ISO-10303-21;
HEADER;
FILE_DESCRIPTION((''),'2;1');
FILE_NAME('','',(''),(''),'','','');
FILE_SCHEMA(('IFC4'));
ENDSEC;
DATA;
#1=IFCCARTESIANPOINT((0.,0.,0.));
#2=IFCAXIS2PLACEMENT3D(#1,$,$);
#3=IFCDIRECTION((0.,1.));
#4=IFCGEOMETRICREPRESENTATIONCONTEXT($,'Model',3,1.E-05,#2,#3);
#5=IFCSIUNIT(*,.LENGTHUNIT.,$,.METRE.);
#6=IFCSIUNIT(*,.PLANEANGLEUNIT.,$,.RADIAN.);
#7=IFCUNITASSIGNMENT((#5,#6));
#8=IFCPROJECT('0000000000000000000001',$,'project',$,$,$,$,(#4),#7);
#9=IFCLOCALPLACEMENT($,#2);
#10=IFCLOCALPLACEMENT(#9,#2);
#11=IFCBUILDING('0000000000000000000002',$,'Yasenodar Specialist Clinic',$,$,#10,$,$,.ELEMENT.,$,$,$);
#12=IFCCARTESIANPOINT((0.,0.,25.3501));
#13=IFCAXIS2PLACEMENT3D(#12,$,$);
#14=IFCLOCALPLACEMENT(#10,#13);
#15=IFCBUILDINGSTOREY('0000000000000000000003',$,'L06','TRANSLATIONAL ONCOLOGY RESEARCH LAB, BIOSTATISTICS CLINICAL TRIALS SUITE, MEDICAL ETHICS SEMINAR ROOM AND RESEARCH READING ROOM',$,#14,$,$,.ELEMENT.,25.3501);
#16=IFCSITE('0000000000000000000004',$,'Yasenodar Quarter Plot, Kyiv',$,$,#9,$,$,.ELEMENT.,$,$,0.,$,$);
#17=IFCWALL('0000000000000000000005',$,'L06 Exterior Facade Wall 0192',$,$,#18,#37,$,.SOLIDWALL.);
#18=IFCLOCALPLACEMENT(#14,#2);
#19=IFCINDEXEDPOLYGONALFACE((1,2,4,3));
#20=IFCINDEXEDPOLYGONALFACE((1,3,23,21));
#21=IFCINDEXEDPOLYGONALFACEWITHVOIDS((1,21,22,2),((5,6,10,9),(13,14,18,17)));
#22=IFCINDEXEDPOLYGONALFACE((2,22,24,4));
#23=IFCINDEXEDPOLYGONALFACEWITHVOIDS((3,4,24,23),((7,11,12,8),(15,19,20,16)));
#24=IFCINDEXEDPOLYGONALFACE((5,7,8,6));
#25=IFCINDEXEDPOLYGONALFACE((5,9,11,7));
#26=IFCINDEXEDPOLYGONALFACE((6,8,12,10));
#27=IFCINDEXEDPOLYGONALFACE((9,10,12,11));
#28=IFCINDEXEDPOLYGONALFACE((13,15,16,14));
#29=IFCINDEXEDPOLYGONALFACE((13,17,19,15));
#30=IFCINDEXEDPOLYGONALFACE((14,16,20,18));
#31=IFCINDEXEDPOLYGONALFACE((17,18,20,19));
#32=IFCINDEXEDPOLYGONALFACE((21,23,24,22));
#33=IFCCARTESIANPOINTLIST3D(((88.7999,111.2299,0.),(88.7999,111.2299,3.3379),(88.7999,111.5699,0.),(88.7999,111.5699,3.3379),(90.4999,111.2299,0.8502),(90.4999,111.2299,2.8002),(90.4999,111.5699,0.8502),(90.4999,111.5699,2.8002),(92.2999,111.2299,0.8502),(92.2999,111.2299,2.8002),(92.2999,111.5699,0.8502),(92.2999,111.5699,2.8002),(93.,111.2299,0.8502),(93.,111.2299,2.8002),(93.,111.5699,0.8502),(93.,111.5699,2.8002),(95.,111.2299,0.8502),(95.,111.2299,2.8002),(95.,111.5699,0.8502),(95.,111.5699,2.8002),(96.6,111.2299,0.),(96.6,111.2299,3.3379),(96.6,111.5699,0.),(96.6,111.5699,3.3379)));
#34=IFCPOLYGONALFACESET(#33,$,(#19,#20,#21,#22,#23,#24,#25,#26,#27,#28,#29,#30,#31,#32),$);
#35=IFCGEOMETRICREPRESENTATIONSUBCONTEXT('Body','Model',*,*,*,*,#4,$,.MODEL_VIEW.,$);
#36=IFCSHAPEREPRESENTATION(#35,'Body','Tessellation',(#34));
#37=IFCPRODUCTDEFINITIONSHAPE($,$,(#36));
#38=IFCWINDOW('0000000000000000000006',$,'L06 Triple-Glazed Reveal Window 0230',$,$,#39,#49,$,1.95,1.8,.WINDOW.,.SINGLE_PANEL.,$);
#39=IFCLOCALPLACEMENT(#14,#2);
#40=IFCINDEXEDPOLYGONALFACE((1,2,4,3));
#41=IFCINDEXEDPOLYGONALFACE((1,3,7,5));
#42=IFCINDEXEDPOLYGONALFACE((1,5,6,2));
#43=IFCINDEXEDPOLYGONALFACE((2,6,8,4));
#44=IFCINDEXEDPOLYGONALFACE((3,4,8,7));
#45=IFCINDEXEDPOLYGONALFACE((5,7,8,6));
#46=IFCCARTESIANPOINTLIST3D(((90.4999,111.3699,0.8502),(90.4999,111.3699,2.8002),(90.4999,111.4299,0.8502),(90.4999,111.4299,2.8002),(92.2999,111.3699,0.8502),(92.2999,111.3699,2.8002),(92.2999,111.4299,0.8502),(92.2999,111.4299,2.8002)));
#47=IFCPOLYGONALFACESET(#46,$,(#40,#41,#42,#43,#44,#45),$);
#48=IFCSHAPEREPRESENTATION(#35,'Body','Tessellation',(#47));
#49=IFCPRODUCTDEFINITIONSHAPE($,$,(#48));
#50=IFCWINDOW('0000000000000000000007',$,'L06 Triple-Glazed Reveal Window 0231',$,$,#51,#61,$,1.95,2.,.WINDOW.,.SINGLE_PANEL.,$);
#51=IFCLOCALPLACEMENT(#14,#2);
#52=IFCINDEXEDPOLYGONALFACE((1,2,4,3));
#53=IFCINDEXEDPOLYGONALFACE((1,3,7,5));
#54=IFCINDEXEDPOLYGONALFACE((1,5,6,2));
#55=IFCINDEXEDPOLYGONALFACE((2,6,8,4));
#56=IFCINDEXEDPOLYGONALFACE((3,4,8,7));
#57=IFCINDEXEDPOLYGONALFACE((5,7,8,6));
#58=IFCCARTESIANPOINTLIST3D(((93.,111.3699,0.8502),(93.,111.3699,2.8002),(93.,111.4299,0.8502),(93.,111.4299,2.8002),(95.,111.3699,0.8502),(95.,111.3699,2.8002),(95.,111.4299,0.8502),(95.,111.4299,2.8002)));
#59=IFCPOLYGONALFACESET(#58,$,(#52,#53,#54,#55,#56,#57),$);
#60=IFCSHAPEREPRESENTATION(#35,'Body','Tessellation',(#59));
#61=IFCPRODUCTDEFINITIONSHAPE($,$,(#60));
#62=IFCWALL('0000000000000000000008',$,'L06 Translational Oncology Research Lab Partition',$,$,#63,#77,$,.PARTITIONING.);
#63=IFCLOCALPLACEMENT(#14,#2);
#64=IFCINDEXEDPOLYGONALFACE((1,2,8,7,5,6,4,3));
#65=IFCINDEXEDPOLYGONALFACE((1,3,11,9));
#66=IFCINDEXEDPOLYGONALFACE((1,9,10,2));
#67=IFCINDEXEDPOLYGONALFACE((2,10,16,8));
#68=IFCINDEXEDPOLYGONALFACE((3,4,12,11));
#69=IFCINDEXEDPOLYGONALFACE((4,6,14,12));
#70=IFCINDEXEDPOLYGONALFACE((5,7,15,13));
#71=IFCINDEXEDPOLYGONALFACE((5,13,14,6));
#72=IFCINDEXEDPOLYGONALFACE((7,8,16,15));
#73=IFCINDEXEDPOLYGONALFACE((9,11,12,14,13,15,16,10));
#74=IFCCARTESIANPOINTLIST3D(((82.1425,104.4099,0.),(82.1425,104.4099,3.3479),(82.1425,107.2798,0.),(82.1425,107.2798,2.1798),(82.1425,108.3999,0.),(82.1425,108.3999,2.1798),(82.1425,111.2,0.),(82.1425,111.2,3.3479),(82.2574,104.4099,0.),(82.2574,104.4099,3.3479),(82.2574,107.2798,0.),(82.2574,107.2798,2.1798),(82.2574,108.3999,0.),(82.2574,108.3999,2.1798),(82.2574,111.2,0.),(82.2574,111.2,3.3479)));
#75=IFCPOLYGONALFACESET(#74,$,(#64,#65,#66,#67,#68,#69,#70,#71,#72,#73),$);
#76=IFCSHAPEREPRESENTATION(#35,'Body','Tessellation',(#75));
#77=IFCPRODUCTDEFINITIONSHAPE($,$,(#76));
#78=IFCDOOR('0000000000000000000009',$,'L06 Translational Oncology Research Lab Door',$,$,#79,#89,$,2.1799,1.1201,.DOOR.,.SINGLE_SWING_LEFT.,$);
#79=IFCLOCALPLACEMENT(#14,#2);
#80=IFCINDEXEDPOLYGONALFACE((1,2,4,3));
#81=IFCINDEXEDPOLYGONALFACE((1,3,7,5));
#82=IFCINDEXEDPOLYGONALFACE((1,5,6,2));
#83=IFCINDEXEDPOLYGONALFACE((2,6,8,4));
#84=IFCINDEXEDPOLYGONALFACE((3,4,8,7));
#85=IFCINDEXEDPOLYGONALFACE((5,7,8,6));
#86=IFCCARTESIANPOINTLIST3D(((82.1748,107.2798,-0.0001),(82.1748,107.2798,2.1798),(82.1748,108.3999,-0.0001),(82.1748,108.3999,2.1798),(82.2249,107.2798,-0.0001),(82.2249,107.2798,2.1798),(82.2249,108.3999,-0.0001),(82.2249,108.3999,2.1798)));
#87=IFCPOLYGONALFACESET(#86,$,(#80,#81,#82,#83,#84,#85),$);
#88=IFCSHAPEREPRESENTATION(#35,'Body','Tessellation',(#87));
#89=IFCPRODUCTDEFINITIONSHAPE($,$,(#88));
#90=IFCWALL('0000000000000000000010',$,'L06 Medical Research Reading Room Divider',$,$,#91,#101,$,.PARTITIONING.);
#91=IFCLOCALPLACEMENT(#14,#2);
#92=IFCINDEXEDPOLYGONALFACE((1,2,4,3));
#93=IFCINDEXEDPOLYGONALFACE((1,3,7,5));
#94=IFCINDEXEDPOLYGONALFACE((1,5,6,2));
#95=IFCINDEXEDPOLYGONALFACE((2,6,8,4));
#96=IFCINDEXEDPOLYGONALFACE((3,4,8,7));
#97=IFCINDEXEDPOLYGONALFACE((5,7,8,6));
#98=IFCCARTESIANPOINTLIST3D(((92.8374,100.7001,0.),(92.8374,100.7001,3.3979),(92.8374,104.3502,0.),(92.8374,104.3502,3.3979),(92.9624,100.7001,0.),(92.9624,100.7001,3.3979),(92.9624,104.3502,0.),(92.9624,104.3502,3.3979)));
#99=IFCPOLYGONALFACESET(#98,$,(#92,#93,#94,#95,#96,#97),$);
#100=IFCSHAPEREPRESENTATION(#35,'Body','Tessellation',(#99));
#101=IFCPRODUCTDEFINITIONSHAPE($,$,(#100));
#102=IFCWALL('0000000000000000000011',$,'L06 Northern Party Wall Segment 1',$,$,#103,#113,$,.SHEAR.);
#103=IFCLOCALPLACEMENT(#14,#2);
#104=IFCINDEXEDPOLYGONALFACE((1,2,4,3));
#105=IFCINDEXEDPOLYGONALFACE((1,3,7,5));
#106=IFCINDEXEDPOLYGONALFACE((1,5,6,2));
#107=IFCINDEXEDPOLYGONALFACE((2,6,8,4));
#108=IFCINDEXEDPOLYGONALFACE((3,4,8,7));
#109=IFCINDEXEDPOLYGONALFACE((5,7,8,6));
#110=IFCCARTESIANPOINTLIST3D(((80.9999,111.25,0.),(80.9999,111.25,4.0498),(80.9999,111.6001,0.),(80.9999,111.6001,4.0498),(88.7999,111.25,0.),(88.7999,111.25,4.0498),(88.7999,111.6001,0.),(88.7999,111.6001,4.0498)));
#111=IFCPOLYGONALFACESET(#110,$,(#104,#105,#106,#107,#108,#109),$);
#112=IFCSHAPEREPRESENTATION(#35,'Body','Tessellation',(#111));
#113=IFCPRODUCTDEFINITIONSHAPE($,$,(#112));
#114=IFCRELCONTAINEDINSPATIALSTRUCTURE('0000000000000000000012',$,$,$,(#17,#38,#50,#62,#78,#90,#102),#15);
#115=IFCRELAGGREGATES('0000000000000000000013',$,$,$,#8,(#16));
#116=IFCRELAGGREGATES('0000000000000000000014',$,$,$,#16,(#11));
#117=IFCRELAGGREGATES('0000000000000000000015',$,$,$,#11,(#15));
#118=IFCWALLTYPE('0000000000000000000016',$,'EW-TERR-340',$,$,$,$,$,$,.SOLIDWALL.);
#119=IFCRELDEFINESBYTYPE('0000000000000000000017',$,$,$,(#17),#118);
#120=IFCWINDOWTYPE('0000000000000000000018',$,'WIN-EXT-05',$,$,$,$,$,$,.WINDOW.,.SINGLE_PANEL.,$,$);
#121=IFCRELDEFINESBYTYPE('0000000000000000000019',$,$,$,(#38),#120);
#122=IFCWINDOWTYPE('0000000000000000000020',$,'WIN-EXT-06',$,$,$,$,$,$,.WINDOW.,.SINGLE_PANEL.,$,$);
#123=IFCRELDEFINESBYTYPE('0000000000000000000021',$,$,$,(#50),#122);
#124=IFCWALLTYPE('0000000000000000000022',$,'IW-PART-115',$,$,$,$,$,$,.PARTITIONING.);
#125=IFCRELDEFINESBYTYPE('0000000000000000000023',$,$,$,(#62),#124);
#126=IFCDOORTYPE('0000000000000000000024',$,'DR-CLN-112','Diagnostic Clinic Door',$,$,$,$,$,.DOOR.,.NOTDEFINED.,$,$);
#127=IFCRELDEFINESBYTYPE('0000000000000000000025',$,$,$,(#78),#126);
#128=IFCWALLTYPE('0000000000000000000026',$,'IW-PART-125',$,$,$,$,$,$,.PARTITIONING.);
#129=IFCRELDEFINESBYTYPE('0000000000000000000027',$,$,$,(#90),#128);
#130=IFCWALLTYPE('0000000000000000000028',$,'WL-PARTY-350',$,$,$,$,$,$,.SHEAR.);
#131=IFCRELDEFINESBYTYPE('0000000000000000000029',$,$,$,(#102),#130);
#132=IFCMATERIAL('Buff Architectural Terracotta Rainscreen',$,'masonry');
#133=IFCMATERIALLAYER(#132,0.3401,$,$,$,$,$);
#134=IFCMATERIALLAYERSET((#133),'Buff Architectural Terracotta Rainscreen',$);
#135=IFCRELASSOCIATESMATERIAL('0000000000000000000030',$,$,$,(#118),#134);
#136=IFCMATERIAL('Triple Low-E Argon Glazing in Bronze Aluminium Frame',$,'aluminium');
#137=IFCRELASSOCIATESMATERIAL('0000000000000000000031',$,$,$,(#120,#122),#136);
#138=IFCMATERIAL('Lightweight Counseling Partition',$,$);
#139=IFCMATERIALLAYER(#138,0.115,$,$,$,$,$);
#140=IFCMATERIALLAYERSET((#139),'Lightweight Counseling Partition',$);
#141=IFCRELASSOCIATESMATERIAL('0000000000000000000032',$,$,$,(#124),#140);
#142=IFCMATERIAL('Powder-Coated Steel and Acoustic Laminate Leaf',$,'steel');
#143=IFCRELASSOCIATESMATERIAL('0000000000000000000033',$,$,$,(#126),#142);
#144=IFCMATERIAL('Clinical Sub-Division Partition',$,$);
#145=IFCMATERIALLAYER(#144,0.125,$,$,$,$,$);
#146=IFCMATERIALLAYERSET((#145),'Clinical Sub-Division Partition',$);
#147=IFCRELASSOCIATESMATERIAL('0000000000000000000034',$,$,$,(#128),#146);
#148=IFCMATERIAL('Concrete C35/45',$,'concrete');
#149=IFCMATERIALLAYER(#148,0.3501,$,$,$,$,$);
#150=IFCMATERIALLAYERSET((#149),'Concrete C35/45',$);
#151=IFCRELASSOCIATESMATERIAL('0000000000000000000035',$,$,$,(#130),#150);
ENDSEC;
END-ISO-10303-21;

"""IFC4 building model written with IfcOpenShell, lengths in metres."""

from ifc_helpers import new_model, si_unit, direction, frame, frame_2d, origin, place, context, subcontext, project, spatial, rectangle, extrude, material, layer, layer_set, type_object, element, fill, save


model = new_model("IFC4")

# Units and contexts
model_context = context("Model", 3, precision=1e-05, world=origin(), true_north=direction((0.0, 1.0)))
body_context = subcontext(model_context, "Body", "Model", "MODEL_VIEW")
ifc_project = project(units=[si_unit("LENGTHUNIT", "METRE"), si_unit("PLANEANGLEUNIT", "RADIAN")], contexts=[model_context])

# Site, building, storey
site_placement = place(None, origin())
site = spatial("IfcSite", under=ifc_project, at=site_placement, Name="Yasenodar Quarter Plot, Kyiv", CompositionType="ELEMENT", RefElevation=0.0)
building_placement = place(site_placement, origin())
building = spatial("IfcBuilding", under=site, at=building_placement, Name="Yasenodar Specialist Clinic", CompositionType="ELEMENT")
storey_placement = place(building_placement, frame((0.0, 0.0, 25.3501)))
storey = spatial("IfcBuildingStorey", under=building, at=storey_placement, Name="L06", Description="TRANSLATIONAL ONCOLOGY RESEARCH LAB, BIOSTATISTICS CLINICAL TRIALS SUITE, MEDICAL ETHICS SEMINAR ROOM AND RESEARCH READING ROOM", CompositionType="ELEMENT", Elevation=25.3501)

# Shared definitions
ifc_material_1 = material(Name="Concrete C35/45", Category="concrete")

# Wall, openings, windows
ifc_material_2 = material(Name="Buff Architectural Terracotta Rainscreen", Category="masonry")
ifc_layer_1 = layer(ifc_material_2, 0.3401)
ifc_layer_set_1 = layer_set([ifc_layer_1], Name="Buff Architectural Terracotta Rainscreen")
wall_type_1 = type_object("IfcWallType", Name="EW-TERR-340", PredefinedType="SOLIDWALL", material=ifc_layer_set_1)
wall_1_placement = place(storey_placement, frame((88.8, 111.3999, 0.0), z_axis=(0.0, 0.0, 1.0), x_axis=(1.0, 0.0, 0.0)))
wall_1 = element("IfcWall", 1, at=wall_1_placement, inside=storey, type_object=wall_type_1, Name="L06 Exterior Facade Wall 0192", PredefinedType="SOLIDWALL", context=body_context, shape_type="SweptSolid", body=[
    extrude(rectangle(XDim=7.8, YDim=0.3401, at=frame_2d((3.8999, 0.0))), origin(), (0.0, 0.0, 1.0), 3.3379),
])
opening_1_placement = place(wall_1_placement, frame((1.7, 0.0, 0.8501)))
opening_1 = element("IfcOpeningElement", 2, at=opening_1_placement, cuts=wall_1, PredefinedType="OPENING", context=body_context, shape_type="SweptSolid", body=[
    extrude(rectangle(XDim=1.8, YDim=1.95, at=frame_2d((0.8999, 0.9751))), frame((0.0, 0.1802, 0.0), z_axis=(0.0, -1.0, 0.0), x_axis=(1.0, 0.0, 0.0)), (0.0, 0.0, 1.0), 0.3601),
])
opening_2_placement = place(wall_1_placement, frame((4.2, 0.0, 0.8501)))
opening_2 = element("IfcOpeningElement", 3, at=opening_2_placement, cuts=wall_1, PredefinedType="OPENING", context=body_context, shape_type="SweptSolid", body=[
    extrude(rectangle(XDim=2.0, YDim=1.95, at=frame_2d((1.0, 0.9751))), frame((0.0, 0.1802, 0.0), z_axis=(0.0, -1.0, 0.0), x_axis=(1.0, 0.0, 0.0)), (0.0, 0.0, 1.0), 0.3601),
])
ifc_material_3 = material(Name="Triple Low-E Argon Glazing in Bronze Aluminium Frame", Category="aluminium")
window_type_1 = type_object("IfcWindowType", Name="WIN-EXT-05", PartitioningType="SINGLE_PANEL", PredefinedType="WINDOW", material=ifc_material_3)
window_1_placement = place(opening_1_placement, origin())
window_1 = element("IfcWindow", 4, at=window_1_placement, inside=storey, type_object=window_type_1, Name="L06 Triple-Glazed Reveal Window 0230", OverallHeight=1.95, OverallWidth=1.8, PartitioningType="SINGLE_PANEL", PredefinedType="WINDOW", context=body_context, shape_type="SweptSolid", body=[
    extrude(rectangle(XDim=1.8, YDim=1.95, at=frame_2d((0.8999, 0.9751))), frame((0.0, 0.03, 0.0), z_axis=(0.0, -1.0, 0.0), x_axis=(1.0, 0.0, 0.0)), (0.0, 0.0, 1.0), 0.0601),
])
fill(opening_1, window_1)
window_type_2 = type_object("IfcWindowType", Name="WIN-EXT-06", PartitioningType="SINGLE_PANEL", PredefinedType="WINDOW", material=ifc_material_3)
window_2_placement = place(opening_2_placement, origin())
window_2 = element("IfcWindow", 5, at=window_2_placement, inside=storey, type_object=window_type_2, Name="L06 Triple-Glazed Reveal Window 0231", OverallHeight=1.95, OverallWidth=2.0, PartitioningType="SINGLE_PANEL", PredefinedType="WINDOW", context=body_context, shape_type="SweptSolid", body=[
    extrude(rectangle(XDim=2.0, YDim=1.95, at=frame_2d((1.0, 0.9751))), frame((0.0, 0.03, 0.0), z_axis=(0.0, -1.0, 0.0), x_axis=(1.0, 0.0, 0.0)), (0.0, 0.0, 1.0), 0.0601),
])
fill(opening_2, window_2)

# Wall, opening, door
ifc_material_4 = material(Name="Lightweight Counseling Partition")
ifc_layer_2 = layer(ifc_material_4, 0.115)
ifc_layer_set_2 = layer_set([ifc_layer_2], Name="Lightweight Counseling Partition")
wall_type_2 = type_object("IfcWallType", Name="IW-PART-115", PredefinedType="PARTITIONING", material=ifc_layer_set_2)
wall_2_placement = place(storey_placement, frame((82.2, 111.2, 0.0), z_axis=(0.0, 0.0, 1.0), x_axis=(0.0, -1.0, 0.0)))
wall_2 = element("IfcWall", 6, at=wall_2_placement, inside=storey, type_object=wall_type_2, Name="L06 Translational Oncology Research Lab Partition", PredefinedType="PARTITIONING", context=body_context, shape_type="SweptSolid", body=[
    extrude(rectangle(XDim=6.79, YDim=0.115, at=frame_2d((3.395, 0.0))), origin(), (0.0, 0.0, 1.0), 3.3479),
])
opening_3_placement = place(wall_2_placement, frame((2.8, 0.0, 0.0)))
opening_3 = element("IfcOpeningElement", 7, at=opening_3_placement, cuts=wall_2, PredefinedType="OPENING", context=body_context, shape_type="SweptSolid", body=[
    extrude(rectangle(XDim=1.1201, YDim=2.1799, at=frame_2d((0.5601, 1.0898))), frame((0.0, 0.0674, 0.0), z_axis=(0.0, -1.0, 0.0), x_axis=(1.0, 0.0, 0.0)), (0.0, 0.0, 1.0), 0.135),
])
ifc_material_5 = material(Name="Powder-Coated Steel and Acoustic Laminate Leaf", Category="steel")
door_type = type_object("IfcDoorType", Name="DR-CLN-112", Description="Diagnostic Clinic Door", OperationType="NOTDEFINED", PredefinedType="DOOR", material=ifc_material_5)
door_placement = place(opening_3_placement, origin())
door = element("IfcDoor", 8, at=door_placement, inside=storey, type_object=door_type, Name="L06 Translational Oncology Research Lab Door", OperationType="SINGLE_SWING_LEFT", OverallHeight=2.1799, OverallWidth=1.1201, PredefinedType="DOOR", context=body_context, shape_type="SweptSolid", body=[
    extrude(rectangle(XDim=1.1201, YDim=2.1799, at=frame_2d((0.5601, 1.0898))), frame((0.0, 0.0249, 0.0), z_axis=(0.0, -1.0, 0.0), x_axis=(1.0, 0.0, 0.0)), (0.0, 0.0, 1.0), 0.05),
])
fill(opening_3, door)

# Walls
ifc_material_6 = material(Name="Clinical Sub-Division Partition")
ifc_layer_3 = layer(ifc_material_6, 0.125)
ifc_layer_set_3 = layer_set([ifc_layer_3], Name="Clinical Sub-Division Partition")
wall_type_3 = type_object("IfcWallType", Name="IW-PART-125", PredefinedType="PARTITIONING", material=ifc_layer_set_3)
wall_3_placement = place(storey_placement, frame((92.8999, 100.7, 0.0), z_axis=(0.0, 0.0, 1.0), x_axis=(0.0, 1.0, 0.0)))
element("IfcWall", 9, at=wall_3_placement, inside=storey, type_object=wall_type_3, Name="L06 Medical Research Reading Room Divider", PredefinedType="PARTITIONING", context=body_context, shape_type="SweptSolid", body=[
    extrude(rectangle(XDim=3.6501, YDim=0.125, at=frame_2d((1.8252, 0.0))), origin(), (0.0, 0.0, 1.0), 3.3979),
])
ifc_layer_4 = layer(ifc_material_1, 0.3501)
ifc_layer_set_4 = layer_set([ifc_layer_4], Name="Concrete C35/45")
wall_type_4 = type_object("IfcWallType", Name="WL-PARTY-350", PredefinedType="SHEAR", material=ifc_layer_set_4)
wall_4_placement = place(storey_placement, frame((81.0, 111.425, 0.0), z_axis=(0.0, 0.0, 1.0), x_axis=(1.0, 0.0, 0.0)))
element("IfcWall", 10, at=wall_4_placement, inside=storey, type_object=wall_type_4, Name="L06 Northern Party Wall Segment 1", PredefinedType="SHEAR", context=body_context, shape_type="SweptSolid", body=[
    extrude(rectangle(XDim=7.8, YDim=0.3501, at=frame_2d((3.8999, 0.0))), origin(), (0.0, 0.0, 1.0), 4.0498),
])

save(model, "model.ifc")
